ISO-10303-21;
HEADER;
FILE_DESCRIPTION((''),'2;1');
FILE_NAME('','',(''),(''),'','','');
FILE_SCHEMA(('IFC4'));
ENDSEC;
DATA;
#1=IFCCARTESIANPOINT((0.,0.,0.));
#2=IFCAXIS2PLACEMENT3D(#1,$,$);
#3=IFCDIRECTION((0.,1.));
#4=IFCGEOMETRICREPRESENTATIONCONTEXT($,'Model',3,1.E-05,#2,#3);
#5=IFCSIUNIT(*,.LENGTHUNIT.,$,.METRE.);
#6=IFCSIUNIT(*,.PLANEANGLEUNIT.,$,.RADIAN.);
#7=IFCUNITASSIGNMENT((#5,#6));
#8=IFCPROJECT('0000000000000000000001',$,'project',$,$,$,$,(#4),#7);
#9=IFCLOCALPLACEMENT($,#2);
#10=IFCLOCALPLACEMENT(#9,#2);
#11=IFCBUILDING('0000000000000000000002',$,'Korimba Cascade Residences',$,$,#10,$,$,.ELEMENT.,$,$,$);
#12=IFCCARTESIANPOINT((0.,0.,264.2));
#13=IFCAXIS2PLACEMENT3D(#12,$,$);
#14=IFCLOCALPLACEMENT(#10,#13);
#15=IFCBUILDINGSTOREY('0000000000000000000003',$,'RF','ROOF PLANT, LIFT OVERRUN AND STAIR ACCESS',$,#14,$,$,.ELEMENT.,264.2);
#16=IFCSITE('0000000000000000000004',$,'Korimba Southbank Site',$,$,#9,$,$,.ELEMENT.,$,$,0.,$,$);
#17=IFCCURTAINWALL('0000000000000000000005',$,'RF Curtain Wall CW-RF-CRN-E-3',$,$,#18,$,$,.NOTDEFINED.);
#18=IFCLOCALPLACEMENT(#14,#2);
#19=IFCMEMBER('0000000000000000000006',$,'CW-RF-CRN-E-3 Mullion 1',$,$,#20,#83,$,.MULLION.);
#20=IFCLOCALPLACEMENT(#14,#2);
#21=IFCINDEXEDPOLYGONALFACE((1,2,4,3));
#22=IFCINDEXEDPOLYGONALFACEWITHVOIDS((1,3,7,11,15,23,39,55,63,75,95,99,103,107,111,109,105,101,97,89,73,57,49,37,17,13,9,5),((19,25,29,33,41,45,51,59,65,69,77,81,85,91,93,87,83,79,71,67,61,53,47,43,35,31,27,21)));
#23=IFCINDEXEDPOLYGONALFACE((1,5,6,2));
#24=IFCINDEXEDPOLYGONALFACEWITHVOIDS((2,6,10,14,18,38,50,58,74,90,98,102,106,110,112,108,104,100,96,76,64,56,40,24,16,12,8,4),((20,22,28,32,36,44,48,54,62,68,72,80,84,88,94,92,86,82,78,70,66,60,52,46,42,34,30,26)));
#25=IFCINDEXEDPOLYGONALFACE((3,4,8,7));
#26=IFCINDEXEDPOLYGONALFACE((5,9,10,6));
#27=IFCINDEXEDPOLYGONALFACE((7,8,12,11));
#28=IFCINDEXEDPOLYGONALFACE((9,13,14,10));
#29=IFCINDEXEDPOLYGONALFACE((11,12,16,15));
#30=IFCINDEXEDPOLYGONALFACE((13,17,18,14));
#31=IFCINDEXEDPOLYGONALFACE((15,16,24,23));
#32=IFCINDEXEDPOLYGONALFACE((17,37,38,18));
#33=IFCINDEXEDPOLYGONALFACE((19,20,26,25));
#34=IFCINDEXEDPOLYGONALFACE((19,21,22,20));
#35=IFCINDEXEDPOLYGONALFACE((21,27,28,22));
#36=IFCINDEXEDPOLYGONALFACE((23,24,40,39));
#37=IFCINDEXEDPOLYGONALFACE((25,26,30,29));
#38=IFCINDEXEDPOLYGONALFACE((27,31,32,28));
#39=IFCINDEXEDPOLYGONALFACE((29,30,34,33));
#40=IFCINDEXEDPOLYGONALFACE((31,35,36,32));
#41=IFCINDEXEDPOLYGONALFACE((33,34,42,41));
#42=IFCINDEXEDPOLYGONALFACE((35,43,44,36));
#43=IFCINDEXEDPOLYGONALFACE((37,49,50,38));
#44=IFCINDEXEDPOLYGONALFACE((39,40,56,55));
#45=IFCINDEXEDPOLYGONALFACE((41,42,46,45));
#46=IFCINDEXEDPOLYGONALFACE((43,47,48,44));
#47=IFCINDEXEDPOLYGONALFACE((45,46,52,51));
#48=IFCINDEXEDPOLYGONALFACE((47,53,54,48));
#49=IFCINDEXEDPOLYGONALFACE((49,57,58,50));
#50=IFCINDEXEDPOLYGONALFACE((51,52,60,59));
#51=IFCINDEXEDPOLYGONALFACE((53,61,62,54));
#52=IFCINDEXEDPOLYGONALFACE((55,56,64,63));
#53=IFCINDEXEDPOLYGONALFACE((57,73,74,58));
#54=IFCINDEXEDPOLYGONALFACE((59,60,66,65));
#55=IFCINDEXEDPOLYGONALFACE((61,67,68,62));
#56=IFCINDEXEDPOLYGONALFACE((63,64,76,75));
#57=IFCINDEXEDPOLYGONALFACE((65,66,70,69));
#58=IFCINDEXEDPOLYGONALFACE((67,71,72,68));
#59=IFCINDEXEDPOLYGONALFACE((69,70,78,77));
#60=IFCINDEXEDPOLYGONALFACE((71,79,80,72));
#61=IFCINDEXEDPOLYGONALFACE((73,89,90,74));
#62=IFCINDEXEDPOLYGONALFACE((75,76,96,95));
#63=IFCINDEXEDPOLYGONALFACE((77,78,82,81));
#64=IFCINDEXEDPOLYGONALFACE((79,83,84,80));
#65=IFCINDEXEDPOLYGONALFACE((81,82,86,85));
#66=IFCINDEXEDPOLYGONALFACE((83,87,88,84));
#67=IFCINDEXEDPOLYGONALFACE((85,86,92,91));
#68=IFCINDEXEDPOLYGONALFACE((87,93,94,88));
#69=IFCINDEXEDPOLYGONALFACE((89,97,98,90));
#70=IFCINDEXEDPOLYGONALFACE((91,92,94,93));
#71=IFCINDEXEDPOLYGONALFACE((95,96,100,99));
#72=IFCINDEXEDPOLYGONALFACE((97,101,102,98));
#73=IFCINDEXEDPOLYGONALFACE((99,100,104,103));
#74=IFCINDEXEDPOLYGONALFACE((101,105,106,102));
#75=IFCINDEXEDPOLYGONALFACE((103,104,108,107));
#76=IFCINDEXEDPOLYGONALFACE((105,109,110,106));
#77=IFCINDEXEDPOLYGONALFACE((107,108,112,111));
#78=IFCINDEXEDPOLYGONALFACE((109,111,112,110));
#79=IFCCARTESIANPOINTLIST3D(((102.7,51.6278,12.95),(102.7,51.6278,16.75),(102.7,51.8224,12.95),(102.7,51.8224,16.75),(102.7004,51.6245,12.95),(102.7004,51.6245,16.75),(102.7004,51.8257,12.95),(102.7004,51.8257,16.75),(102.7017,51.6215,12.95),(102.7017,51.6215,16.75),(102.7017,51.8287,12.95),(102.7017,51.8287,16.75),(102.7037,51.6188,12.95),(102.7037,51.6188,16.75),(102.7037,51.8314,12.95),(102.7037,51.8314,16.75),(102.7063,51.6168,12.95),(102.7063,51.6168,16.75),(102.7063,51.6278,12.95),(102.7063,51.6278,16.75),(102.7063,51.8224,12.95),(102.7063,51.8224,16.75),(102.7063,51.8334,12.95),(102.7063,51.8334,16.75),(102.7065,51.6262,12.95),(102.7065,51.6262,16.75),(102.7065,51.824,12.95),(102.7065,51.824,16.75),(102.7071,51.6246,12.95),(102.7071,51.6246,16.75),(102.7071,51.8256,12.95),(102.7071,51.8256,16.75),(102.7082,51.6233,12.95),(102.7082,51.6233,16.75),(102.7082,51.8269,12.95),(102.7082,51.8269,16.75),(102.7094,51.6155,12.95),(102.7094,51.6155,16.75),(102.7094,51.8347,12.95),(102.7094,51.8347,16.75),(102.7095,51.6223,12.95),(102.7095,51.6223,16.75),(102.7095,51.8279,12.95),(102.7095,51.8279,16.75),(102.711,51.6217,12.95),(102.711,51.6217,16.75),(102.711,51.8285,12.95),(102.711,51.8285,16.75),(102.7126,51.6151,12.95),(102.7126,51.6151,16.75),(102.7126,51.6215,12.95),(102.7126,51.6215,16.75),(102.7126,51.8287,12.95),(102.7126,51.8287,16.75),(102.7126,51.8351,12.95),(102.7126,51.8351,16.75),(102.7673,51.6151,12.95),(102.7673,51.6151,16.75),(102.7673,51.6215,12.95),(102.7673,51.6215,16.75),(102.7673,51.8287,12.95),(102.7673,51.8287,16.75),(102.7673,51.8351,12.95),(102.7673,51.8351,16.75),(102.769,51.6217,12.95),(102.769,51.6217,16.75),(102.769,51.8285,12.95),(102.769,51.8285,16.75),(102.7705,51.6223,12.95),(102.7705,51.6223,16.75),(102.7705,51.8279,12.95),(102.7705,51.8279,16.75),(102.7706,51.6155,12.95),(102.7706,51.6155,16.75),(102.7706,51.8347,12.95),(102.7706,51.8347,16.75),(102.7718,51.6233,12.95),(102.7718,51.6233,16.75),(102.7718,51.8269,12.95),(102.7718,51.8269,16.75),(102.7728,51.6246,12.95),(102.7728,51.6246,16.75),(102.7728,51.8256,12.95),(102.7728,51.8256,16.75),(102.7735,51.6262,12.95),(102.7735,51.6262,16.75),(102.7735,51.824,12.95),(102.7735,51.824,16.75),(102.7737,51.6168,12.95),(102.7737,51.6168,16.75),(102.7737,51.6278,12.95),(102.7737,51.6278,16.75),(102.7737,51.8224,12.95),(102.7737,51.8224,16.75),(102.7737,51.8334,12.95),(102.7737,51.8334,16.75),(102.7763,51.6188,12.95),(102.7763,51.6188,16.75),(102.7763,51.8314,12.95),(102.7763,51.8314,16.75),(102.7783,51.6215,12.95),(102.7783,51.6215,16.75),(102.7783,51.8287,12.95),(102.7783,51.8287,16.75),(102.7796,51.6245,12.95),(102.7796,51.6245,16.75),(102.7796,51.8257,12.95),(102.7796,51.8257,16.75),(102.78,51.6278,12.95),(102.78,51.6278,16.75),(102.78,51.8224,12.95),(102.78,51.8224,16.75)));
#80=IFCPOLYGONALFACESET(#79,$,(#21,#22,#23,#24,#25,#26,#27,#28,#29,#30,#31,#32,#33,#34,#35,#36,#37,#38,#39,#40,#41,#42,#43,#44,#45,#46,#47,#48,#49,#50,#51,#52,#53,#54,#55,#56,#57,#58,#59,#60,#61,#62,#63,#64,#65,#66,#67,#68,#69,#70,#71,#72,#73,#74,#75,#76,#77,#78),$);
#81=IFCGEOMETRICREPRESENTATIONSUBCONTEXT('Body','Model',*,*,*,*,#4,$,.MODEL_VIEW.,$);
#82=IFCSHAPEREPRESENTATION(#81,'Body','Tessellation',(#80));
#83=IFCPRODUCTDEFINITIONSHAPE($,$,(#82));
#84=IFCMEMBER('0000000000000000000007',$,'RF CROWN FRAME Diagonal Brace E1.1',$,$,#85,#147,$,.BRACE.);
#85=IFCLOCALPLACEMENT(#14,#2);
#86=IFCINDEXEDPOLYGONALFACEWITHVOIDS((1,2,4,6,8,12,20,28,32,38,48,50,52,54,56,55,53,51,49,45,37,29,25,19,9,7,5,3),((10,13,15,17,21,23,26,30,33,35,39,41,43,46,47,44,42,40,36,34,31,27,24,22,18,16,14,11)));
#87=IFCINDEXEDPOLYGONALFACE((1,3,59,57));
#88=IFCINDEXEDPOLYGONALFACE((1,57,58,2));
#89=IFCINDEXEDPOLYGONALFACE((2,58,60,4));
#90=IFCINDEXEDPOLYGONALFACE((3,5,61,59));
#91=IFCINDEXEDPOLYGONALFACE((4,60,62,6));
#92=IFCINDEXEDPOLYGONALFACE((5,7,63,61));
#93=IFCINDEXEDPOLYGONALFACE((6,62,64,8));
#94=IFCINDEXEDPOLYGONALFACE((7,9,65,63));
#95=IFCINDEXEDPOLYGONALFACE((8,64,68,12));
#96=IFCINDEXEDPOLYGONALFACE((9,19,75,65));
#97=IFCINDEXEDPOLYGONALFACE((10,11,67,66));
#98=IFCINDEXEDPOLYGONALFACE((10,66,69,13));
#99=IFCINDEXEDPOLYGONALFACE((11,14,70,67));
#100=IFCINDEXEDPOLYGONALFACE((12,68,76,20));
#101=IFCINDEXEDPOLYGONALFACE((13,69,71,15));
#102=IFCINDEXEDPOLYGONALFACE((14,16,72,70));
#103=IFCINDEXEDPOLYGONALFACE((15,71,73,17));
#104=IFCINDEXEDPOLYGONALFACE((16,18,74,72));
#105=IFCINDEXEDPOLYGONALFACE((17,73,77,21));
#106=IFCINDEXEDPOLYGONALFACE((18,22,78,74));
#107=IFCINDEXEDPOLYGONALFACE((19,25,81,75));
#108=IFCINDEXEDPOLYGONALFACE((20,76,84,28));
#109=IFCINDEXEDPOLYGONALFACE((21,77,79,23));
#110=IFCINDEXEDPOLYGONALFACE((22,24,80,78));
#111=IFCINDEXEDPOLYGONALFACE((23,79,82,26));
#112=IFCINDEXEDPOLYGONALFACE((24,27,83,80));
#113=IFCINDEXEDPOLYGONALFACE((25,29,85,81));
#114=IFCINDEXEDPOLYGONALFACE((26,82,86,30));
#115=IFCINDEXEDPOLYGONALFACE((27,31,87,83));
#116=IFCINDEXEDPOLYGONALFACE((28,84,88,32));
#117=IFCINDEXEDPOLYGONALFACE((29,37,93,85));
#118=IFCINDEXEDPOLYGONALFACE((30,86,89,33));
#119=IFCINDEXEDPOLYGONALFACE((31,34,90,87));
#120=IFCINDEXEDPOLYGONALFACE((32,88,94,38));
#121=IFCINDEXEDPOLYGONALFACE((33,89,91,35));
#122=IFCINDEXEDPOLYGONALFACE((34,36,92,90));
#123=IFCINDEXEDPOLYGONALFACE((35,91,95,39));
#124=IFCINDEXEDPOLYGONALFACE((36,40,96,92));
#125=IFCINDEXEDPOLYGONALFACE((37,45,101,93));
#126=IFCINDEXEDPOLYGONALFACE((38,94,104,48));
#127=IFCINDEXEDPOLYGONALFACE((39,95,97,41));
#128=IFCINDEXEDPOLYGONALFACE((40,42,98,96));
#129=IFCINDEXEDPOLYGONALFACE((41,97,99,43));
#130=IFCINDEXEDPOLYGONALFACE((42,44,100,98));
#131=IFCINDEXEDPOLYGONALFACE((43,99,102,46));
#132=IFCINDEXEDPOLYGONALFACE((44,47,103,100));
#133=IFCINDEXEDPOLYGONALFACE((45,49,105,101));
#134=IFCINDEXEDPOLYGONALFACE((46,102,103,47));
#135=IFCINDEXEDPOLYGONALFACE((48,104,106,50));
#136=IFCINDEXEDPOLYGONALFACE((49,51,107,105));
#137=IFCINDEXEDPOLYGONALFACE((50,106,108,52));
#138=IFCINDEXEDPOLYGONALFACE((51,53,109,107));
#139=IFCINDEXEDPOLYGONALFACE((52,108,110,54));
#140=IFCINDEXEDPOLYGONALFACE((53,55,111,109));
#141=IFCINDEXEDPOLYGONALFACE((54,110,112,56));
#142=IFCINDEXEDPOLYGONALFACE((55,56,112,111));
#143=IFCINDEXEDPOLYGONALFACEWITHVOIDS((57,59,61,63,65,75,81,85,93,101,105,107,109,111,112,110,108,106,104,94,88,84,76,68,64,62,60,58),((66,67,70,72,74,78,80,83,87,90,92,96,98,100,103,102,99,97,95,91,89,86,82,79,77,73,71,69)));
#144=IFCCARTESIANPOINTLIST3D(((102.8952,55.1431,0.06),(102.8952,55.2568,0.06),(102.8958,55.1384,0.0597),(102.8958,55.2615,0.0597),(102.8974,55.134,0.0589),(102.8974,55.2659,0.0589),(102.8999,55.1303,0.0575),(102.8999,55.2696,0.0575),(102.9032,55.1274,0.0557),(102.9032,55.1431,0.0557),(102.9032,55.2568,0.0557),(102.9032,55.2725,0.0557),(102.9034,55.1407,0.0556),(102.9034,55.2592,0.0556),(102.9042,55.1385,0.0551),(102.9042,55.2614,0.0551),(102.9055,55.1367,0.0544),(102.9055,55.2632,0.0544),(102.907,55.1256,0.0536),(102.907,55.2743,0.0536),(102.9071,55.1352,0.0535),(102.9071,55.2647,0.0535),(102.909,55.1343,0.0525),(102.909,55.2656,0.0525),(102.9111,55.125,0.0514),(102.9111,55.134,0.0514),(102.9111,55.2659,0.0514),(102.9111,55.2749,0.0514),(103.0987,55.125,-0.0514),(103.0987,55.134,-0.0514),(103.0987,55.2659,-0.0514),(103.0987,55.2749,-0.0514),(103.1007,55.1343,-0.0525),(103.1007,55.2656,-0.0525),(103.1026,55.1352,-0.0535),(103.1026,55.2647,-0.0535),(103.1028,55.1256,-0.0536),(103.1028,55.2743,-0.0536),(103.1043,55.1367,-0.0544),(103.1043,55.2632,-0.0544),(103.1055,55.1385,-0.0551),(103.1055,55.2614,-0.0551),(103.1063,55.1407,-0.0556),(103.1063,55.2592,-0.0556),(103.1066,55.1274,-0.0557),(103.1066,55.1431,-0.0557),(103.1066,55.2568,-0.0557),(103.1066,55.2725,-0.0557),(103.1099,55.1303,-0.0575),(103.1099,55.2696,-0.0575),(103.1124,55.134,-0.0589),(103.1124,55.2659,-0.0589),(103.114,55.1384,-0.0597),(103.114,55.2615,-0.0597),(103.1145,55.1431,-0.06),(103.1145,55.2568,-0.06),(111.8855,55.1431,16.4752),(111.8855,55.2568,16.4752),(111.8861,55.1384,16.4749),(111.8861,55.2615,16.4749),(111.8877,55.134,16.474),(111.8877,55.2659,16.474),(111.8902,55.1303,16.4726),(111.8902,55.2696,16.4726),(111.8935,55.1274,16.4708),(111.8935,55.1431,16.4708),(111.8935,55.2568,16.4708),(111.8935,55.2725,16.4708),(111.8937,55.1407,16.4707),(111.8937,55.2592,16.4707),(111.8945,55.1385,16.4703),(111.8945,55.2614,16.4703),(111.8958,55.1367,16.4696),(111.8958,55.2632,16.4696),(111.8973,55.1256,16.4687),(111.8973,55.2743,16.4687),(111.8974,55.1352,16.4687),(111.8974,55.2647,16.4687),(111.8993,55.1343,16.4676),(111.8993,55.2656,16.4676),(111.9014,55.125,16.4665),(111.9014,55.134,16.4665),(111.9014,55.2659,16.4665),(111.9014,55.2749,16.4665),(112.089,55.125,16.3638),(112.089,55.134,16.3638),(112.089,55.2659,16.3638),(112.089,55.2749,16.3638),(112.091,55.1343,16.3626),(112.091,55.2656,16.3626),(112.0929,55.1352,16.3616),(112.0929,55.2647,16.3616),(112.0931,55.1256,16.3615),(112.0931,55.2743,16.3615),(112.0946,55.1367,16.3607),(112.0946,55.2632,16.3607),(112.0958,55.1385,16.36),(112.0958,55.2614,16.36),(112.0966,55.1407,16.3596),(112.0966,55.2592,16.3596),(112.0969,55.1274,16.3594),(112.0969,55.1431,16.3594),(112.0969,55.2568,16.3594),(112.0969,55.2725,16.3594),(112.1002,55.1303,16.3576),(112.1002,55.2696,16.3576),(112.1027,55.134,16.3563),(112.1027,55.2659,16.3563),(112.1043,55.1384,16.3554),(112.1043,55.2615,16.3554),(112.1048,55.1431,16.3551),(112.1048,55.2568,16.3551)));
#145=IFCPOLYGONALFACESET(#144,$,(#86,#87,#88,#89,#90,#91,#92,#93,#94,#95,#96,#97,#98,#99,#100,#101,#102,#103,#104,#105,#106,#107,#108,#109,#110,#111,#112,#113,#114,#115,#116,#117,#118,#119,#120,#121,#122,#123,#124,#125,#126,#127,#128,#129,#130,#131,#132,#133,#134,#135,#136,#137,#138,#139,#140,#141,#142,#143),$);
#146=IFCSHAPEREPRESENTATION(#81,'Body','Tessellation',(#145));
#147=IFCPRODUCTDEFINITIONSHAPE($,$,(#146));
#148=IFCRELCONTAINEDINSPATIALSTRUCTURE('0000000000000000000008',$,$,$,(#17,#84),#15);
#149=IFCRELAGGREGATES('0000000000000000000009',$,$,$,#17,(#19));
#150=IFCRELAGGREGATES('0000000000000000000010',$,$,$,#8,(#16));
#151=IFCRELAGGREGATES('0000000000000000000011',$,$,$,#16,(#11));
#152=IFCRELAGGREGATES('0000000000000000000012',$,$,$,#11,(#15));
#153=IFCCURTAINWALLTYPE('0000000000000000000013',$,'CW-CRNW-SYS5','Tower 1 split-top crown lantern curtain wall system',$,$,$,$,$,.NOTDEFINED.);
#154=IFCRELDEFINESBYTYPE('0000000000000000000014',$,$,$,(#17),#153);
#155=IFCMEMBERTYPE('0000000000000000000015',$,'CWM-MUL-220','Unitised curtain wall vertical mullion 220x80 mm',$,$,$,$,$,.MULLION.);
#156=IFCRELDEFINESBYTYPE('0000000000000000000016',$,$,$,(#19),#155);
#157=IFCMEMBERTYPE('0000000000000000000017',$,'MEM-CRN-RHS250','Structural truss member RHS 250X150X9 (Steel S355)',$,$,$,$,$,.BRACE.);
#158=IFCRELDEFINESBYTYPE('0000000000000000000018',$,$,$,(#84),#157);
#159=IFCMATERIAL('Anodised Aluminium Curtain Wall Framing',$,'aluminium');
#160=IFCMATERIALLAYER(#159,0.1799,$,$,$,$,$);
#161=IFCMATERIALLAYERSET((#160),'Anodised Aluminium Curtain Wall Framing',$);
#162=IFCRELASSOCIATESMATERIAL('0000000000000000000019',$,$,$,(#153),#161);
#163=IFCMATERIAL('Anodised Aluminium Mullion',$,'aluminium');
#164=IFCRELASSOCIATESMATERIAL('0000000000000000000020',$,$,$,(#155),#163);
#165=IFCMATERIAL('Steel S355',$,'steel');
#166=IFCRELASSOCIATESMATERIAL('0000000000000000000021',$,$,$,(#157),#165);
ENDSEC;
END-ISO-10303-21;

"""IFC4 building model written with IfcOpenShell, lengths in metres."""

from ifc_helpers import new_model, si_unit, direction, frame, origin, origin_2d, place, context, subcontext, project, spatial, hollow_rectangle, extrude, material, layer, layer_set, material_profile, profile_set, type_object, element, aggregate, save


model = new_model("IFC4")

# Units and contexts
model_context = context("Model", 3, precision=1e-05, world=origin(), true_north=direction((0.0, 1.0)))
body_context = subcontext(model_context, "Body", "Model", "MODEL_VIEW")
ifc_project = project(units=[si_unit("LENGTHUNIT", "METRE"), si_unit("PLANEANGLEUNIT", "RADIAN")], contexts=[model_context])

# Site, building, storey
site_placement = place(None, origin())
site = spatial("IfcSite", under=ifc_project, at=site_placement, Name="Korimba Southbank Site", CompositionType="ELEMENT", RefElevation=0.0)
building_placement = place(site_placement, origin())
building = spatial("IfcBuilding", under=site, at=building_placement, Name="Korimba Cascade Residences", CompositionType="ELEMENT")
storey_placement = place(building_placement, frame((0.0, 0.0, 264.2)))
storey = spatial("IfcBuildingStorey", under=building, at=storey_placement, Name="RF", Description="ROOF PLANT, LIFT OVERRUN AND STAIR ACCESS", CompositionType="ELEMENT", Elevation=264.2)

# Shared definitions
ifc_material_1 = material(Name="Steel S355", Category="steel")

# Curtain wall, member
ifc_material_2 = material(Name="Anodised Aluminium Curtain Wall Framing", Category="aluminium")
ifc_layer_1 = layer(ifc_material_2, 0.1799)
ifc_layer_set_1 = layer_set([ifc_layer_1], Name="Anodised Aluminium Curtain Wall Framing")
curtain_wall_type = type_object("IfcCurtainWallType", Name="CW-CRNW-SYS5", Description="Tower 1 split-top crown lantern curtain wall system", PredefinedType="NOTDEFINED", material=ifc_layer_set_1)
curtain_wall_placement = place(storey_placement, origin())
curtain_wall = element("IfcCurtainWall", 1, at=curtain_wall_placement, inside=storey, type_object=curtain_wall_type, Name="RF Curtain Wall CW-RF-CRN-E-3", PredefinedType="NOTDEFINED")
ifc_material_3 = material(Name="Anodised Aluminium Mullion", Category="aluminium")
ifc_material_profile_1 = material_profile(ifc_material_3, hollow_rectangle(XDim=0.0801, YDim=0.22, WallThickness=0.0063, InnerFilletRadius=0.0063, OuterFilletRadius=0.0127, at=origin_2d()), Name="Anodised Aluminium Mullion")
ifc_profile_set_1 = profile_set([ifc_material_profile_1], Name="Anodised Aluminium Mullion")
member_type_1 = type_object("IfcMemberType", Name="CWM-MUL-220", Description="Unitised curtain wall vertical mullion 220x80 mm", PredefinedType="MULLION", material=ifc_profile_set_1)
member_1_placement = place(storey_placement, frame((102.74, 51.7251, 12.95), z_axis=(0.0, 0.0, 1.0), x_axis=(1.0, 0.0, 0.0)))
member_1 = element("IfcMember", 2, at=member_1_placement, type_object=member_type_1, Name="CW-RF-CRN-E-3 Mullion 1", PredefinedType="MULLION", context=body_context, shape_type="SweptSolid", body=[
    extrude(hollow_rectangle(XDim=0.0801, YDim=0.22, WallThickness=0.0063, InnerFilletRadius=0.0063, OuterFilletRadius=0.0127, at=origin_2d()), origin(), (0.0, 0.0, 1.0), 3.8),
])
aggregate(curtain_wall, [member_1])

# Member
ifc_material_profile_2 = material_profile(ifc_material_1, hollow_rectangle(XDim=0.1499, YDim=0.25, WallThickness=0.009, InnerFilletRadius=0.009, OuterFilletRadius=0.0181, at=origin_2d()), Name="Steel S355")
ifc_profile_set_2 = profile_set([ifc_material_profile_2], Name="Steel S355")
member_type_2 = type_object("IfcMemberType", Name="MEM-CRN-RHS250", Description="Structural truss member RHS 250X150X9 (Steel S355)", PredefinedType="BRACE", material=ifc_profile_set_2)
member_2_placement = place(storey_placement, frame((103.0049, 55.2, 0.0), z_axis=(0.480358, 0.0, 0.877073), x_axis=(0.0, 1.0, 0.0)))
element("IfcMember", 3, at=member_2_placement, inside=storey, type_object=member_type_2, Name="RF CROWN FRAME Diagonal Brace E1.1", PredefinedType="BRACE", context=body_context, shape_type="SweptSolid", body=[
    extrude(hollow_rectangle(XDim=0.1499, YDim=0.25, WallThickness=0.009, InnerFilletRadius=0.009, OuterFilletRadius=0.0181, at=origin_2d()), origin(), (0.0, 0.0, 1.0), 18.7158),
])

save(model, "model.ifc")
